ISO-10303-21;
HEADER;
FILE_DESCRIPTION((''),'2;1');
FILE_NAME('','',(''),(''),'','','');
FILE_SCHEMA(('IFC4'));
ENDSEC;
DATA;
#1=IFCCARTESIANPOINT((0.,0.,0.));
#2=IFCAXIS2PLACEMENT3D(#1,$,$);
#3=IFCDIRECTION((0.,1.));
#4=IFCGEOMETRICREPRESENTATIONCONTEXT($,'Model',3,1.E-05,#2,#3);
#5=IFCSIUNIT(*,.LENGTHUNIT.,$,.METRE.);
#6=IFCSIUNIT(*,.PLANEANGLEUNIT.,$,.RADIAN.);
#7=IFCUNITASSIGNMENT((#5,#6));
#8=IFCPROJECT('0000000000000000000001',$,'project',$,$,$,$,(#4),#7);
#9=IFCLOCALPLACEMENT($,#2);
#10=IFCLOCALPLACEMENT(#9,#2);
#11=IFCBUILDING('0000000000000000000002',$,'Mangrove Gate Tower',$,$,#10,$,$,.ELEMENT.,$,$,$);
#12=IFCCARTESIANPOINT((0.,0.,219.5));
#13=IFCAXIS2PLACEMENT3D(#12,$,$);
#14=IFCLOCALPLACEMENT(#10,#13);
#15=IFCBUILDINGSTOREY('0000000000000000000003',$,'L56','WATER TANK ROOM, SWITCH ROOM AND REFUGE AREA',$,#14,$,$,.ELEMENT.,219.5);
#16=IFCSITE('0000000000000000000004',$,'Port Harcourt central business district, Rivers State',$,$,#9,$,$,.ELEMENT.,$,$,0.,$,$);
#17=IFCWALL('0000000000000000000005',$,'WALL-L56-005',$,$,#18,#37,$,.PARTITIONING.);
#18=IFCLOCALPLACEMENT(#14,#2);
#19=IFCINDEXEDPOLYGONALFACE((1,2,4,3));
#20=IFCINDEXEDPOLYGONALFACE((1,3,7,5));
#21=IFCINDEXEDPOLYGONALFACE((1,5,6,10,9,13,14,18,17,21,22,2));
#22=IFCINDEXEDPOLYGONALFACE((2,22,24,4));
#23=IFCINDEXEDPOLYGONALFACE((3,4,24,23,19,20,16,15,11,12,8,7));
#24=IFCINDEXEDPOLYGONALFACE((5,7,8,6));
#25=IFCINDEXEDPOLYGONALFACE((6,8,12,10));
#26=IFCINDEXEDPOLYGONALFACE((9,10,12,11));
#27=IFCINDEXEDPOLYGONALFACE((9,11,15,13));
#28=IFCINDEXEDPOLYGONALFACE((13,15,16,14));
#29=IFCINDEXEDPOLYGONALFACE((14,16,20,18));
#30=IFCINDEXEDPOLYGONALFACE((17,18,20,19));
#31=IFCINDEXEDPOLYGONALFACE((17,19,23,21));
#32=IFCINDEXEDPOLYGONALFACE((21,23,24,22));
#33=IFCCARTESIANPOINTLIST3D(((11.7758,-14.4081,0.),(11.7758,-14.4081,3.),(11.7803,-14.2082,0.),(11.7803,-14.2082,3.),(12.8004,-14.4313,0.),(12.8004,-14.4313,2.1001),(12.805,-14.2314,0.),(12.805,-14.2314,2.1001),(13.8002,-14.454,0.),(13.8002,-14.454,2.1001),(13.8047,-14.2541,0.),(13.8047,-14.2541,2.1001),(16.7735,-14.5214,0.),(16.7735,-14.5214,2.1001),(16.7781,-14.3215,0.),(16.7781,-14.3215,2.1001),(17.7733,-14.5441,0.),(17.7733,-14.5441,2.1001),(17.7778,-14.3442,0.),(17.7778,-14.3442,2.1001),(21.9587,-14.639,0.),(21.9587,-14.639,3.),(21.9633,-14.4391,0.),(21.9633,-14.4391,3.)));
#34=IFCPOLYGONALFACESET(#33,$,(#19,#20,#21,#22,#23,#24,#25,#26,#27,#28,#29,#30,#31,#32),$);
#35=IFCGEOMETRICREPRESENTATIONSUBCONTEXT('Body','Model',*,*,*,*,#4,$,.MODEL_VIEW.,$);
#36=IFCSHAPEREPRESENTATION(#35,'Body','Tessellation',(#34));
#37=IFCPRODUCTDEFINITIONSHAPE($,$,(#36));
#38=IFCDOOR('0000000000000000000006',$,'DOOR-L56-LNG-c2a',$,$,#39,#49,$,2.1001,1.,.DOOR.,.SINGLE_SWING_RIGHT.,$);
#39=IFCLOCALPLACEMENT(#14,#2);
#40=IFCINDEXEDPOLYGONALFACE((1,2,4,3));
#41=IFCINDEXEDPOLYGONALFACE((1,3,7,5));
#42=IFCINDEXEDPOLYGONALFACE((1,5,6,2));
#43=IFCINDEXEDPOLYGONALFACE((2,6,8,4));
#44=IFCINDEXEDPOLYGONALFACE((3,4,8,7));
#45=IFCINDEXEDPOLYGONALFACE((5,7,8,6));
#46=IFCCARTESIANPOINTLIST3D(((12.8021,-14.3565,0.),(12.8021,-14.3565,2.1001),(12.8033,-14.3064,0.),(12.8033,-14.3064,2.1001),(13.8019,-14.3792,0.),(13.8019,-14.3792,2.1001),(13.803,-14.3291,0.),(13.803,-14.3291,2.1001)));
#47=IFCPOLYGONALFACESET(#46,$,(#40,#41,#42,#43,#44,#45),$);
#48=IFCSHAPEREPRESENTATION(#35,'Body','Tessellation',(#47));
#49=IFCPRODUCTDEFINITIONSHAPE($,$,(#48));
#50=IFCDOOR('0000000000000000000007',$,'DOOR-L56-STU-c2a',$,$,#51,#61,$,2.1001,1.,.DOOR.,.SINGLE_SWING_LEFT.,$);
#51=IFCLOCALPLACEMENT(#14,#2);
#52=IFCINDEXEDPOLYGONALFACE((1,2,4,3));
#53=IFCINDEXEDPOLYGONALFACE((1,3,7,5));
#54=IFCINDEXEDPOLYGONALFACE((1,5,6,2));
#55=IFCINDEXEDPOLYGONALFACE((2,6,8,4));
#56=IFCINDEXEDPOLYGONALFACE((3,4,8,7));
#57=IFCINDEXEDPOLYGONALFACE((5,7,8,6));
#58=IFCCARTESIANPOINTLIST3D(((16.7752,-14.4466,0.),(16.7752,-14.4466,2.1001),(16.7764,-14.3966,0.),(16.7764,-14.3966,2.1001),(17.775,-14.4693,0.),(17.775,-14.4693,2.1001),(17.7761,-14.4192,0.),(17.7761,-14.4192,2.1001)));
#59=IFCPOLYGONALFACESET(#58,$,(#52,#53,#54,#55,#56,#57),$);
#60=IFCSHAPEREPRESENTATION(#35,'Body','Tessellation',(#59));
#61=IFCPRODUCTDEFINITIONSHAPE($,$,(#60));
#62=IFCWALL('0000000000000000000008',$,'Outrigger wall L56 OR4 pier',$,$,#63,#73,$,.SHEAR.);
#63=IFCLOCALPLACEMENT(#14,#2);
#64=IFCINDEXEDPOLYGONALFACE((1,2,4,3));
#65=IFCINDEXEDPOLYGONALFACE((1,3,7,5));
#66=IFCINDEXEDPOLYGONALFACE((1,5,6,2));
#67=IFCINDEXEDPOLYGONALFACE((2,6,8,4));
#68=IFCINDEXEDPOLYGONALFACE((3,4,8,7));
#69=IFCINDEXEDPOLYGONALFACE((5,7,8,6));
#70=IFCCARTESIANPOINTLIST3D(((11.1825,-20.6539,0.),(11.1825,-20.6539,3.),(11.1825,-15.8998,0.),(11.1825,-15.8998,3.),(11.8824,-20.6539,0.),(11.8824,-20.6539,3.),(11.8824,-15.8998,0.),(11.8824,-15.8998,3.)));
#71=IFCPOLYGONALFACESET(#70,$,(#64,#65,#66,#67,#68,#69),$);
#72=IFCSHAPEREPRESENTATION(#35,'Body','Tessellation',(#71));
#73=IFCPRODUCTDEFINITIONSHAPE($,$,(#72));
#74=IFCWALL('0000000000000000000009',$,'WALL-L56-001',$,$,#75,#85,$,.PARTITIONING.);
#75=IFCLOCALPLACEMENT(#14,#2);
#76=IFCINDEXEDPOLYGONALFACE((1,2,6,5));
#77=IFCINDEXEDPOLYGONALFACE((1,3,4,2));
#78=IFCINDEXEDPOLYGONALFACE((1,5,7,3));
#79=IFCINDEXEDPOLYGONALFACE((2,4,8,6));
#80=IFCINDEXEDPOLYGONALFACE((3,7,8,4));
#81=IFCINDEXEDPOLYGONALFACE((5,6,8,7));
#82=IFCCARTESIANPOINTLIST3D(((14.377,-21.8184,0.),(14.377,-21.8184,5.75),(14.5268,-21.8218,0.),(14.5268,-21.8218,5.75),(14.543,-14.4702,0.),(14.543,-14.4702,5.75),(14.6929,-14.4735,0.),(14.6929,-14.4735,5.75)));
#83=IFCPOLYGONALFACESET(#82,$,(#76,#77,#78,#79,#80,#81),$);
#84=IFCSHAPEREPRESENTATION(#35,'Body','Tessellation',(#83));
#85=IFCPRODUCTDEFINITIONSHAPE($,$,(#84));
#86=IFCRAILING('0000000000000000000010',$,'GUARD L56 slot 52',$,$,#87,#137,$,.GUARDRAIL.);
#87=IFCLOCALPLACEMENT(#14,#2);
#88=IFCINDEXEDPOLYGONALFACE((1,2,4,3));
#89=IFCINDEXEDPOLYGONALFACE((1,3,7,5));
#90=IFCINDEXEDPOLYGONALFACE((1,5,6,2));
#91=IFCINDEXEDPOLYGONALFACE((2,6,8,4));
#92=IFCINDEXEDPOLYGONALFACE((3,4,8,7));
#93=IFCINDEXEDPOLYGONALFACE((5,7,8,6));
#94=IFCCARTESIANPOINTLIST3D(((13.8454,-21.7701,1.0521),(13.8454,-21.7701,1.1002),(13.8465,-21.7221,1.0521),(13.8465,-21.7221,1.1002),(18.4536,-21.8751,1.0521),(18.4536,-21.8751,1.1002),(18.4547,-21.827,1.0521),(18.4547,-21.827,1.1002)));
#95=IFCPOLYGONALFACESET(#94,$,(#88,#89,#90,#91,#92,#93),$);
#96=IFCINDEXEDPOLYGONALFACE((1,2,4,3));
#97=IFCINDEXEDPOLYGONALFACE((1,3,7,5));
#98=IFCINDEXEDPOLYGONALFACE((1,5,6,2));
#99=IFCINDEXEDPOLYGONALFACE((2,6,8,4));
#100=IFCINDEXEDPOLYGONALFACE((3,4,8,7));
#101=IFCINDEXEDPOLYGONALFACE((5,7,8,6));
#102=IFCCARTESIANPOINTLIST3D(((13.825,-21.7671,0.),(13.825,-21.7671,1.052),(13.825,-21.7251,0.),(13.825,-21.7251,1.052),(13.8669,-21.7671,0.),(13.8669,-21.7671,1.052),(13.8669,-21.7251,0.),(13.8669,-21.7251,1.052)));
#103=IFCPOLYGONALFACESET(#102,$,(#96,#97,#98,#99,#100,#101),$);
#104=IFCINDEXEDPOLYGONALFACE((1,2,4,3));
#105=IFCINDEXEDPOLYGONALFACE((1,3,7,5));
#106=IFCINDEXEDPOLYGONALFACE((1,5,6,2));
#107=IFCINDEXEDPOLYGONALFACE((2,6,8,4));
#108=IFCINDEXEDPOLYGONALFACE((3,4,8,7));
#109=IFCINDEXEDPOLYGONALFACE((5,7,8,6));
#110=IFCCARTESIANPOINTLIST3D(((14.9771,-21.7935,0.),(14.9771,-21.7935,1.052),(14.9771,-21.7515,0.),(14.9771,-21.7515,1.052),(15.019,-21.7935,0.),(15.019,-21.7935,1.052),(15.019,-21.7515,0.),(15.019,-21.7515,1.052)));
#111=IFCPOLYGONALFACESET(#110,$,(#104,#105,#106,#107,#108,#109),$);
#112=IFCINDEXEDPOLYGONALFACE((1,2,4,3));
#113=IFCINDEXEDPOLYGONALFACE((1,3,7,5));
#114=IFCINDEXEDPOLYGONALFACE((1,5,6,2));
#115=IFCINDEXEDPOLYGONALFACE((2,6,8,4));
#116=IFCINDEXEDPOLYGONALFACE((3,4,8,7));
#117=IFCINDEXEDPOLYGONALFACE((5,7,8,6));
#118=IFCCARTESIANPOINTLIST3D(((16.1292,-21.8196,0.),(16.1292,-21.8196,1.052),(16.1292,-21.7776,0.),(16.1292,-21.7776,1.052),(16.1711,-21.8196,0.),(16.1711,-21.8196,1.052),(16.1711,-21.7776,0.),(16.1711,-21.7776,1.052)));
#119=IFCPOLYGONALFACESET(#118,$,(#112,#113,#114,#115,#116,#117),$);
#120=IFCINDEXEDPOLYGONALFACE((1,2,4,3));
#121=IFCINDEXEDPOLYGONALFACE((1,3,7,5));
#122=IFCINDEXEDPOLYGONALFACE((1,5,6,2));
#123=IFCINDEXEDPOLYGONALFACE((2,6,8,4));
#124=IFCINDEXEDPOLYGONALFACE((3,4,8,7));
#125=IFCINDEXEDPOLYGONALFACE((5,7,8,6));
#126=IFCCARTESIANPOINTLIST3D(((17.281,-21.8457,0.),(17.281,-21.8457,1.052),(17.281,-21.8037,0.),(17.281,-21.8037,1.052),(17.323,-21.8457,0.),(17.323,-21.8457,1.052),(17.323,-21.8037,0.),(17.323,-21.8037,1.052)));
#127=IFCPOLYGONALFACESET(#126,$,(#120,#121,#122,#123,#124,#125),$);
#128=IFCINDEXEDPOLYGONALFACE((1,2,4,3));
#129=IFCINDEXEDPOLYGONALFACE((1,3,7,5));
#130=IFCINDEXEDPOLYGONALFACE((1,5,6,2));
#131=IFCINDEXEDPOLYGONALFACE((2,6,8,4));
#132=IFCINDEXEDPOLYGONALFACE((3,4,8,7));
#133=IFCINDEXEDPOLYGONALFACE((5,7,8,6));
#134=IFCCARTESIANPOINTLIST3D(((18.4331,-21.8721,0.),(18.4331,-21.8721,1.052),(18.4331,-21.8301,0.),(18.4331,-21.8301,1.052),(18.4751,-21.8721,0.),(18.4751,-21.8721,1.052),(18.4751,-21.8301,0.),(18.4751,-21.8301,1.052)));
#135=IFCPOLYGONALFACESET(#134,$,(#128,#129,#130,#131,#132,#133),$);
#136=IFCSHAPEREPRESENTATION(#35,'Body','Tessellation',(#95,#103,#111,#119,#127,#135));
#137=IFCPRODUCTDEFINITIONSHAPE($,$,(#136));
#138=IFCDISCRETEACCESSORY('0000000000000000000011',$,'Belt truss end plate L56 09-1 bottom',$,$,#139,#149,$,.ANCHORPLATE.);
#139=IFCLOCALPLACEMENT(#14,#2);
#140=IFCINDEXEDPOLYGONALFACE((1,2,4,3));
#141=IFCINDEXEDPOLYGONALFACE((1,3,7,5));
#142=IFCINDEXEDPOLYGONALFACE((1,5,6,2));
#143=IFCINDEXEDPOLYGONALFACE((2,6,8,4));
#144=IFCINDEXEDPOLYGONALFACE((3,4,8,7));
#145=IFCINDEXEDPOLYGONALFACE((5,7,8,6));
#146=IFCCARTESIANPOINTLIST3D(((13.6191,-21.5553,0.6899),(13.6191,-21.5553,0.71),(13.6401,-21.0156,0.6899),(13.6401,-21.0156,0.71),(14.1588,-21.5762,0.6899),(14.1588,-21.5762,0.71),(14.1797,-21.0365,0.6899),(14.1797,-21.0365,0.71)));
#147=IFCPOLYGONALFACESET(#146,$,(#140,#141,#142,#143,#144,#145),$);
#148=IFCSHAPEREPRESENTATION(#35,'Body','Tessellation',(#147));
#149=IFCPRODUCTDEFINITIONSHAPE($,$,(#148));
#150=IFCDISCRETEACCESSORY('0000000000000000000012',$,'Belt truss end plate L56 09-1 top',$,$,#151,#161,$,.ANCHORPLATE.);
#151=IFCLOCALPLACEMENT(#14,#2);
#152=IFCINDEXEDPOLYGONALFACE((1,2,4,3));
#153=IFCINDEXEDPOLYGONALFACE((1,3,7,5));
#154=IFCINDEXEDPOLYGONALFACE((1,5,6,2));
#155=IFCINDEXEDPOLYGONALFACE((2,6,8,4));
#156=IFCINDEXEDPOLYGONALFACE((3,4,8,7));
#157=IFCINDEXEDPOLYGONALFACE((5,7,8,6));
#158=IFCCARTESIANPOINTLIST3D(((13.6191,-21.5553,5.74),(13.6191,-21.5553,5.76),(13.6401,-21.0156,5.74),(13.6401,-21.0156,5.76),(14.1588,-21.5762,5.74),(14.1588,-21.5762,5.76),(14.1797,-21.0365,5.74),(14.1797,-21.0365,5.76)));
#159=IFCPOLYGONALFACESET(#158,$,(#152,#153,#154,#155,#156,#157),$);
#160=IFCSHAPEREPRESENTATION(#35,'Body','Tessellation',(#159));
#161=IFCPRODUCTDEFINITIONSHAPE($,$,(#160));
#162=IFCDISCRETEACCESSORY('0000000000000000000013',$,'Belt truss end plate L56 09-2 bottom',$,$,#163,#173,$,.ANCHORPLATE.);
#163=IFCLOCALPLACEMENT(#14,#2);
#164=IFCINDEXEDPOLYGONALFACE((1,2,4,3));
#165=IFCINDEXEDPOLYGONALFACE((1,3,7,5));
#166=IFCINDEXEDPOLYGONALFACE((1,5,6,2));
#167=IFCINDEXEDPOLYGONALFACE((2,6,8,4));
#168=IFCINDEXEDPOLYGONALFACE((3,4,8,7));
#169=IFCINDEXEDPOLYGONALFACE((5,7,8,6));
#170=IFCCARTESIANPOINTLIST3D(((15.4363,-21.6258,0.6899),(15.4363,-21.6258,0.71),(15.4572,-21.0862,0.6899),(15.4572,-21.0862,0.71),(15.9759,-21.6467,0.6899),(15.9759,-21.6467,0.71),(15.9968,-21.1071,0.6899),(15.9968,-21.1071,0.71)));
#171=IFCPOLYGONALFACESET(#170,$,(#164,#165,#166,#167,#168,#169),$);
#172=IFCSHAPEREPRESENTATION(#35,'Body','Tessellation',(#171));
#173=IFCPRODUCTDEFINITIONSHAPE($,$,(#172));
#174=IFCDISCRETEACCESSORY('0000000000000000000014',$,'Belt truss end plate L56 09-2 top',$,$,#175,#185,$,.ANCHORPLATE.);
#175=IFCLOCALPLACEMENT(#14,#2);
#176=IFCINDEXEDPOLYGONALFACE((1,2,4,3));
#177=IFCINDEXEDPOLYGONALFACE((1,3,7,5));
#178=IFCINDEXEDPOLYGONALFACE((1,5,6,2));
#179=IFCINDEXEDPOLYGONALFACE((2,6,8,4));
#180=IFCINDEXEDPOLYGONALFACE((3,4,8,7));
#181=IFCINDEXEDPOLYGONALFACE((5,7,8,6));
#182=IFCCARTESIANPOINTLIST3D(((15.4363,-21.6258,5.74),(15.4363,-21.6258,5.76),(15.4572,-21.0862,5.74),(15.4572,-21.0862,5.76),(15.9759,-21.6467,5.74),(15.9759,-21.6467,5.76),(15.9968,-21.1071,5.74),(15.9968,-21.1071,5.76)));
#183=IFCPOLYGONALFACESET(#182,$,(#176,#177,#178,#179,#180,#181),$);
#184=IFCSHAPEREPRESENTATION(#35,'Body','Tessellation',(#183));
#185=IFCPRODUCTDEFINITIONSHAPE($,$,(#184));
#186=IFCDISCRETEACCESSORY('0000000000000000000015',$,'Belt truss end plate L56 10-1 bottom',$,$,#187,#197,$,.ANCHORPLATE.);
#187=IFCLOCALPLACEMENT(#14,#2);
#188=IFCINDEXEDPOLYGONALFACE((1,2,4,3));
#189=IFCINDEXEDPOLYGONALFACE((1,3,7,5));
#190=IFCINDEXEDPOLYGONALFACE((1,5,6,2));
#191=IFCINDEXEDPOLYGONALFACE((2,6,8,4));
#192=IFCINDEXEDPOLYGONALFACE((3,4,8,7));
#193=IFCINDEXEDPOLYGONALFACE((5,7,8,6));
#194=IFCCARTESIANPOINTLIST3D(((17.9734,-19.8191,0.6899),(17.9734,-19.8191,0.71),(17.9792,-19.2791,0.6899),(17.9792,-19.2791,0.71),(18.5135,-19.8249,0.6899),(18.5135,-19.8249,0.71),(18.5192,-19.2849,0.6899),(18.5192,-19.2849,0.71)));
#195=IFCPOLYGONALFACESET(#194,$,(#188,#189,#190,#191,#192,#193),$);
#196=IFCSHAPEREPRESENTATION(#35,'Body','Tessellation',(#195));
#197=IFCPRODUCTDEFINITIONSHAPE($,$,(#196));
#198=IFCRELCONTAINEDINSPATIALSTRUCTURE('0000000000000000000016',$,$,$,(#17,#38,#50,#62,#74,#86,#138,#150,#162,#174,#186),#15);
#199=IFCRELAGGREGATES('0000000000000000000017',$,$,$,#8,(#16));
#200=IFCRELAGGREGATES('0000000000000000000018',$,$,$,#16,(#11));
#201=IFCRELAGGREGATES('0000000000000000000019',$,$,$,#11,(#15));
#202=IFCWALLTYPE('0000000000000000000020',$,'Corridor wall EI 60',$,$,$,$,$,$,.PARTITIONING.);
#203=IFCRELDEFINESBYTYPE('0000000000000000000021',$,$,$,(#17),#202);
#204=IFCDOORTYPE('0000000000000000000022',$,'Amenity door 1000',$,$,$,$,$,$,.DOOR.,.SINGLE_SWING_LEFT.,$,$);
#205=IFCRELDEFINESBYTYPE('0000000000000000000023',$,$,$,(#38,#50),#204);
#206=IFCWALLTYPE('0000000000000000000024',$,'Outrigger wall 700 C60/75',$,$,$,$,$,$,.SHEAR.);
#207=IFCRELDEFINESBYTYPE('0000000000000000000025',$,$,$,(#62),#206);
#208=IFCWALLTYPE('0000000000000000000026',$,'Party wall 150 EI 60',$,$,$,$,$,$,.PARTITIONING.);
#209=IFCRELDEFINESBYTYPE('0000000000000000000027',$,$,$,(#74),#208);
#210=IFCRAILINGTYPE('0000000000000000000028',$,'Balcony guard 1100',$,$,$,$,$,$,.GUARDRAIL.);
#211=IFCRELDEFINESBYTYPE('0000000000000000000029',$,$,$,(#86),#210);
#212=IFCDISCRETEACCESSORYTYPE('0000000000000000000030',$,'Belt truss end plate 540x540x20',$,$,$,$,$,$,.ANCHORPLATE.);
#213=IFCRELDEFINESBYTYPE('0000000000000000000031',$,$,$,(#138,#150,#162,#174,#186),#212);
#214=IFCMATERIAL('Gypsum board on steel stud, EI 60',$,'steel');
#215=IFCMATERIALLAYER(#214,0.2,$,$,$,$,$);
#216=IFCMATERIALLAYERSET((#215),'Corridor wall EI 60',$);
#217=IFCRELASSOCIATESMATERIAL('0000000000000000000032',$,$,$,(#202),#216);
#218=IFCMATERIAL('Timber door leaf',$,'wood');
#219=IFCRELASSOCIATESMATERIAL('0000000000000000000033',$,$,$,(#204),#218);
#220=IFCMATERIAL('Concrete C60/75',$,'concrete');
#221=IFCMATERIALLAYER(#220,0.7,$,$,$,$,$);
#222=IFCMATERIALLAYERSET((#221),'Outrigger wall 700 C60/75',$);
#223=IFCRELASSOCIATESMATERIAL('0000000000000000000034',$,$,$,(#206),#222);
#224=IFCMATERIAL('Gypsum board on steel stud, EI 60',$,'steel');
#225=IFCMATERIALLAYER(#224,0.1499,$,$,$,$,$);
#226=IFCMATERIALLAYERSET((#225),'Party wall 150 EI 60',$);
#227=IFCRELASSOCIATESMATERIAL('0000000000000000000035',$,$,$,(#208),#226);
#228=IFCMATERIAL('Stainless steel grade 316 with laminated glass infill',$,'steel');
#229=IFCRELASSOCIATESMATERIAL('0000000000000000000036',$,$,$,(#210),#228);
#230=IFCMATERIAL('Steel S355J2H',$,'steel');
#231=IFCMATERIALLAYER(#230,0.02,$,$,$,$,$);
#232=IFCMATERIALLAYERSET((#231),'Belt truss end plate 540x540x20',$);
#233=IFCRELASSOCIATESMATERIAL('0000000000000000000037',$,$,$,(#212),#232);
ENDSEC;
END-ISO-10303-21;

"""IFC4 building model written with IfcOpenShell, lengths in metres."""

from ifc_helpers import new_model, si_unit, direction, frame, frame_2d, origin, origin_2d, place, context, subcontext, project, spatial, rectangle, extrude, material, layer, layer_set, type_object, element, fill, save


model = new_model("IFC4")

# Units and contexts
model_context = context("Model", 3, precision=1e-05, world=origin(), true_north=direction((0.0, 1.0)))
body_context = subcontext(model_context, "Body", "Model", "MODEL_VIEW")
ifc_project = project(units=[si_unit("LENGTHUNIT", "METRE"), si_unit("PLANEANGLEUNIT", "RADIAN")], contexts=[model_context])

# Site, building, storey
site_placement = place(None, origin())
site = spatial("IfcSite", under=ifc_project, at=site_placement, Name="Port Harcourt central business district, Rivers State", CompositionType="ELEMENT", RefElevation=0.0)
building_placement = place(site_placement, origin())
building = spatial("IfcBuilding", under=site, at=building_placement, Name="Mangrove Gate Tower", CompositionType="ELEMENT")
storey_placement = place(building_placement, frame((0.0, 0.0, 219.5)))
storey = spatial("IfcBuildingStorey", under=building, at=storey_placement, Name="L56", Description="WATER TANK ROOM, SWITCH ROOM AND REFUGE AREA", CompositionType="ELEMENT", Elevation=219.5)

# Wall, openings, doors
ifc_material_1 = material(Name="Gypsum board on steel stud, EI 60", Category="steel")
ifc_layer_1 = layer(ifc_material_1, 0.2)
ifc_layer_set_1 = layer_set([ifc_layer_1], Name="Corridor wall EI 60")
wall_type_1 = type_object("IfcWallType", Name="Corridor wall EI 60", PredefinedType="PARTITIONING", material=ifc_layer_set_1)
wall_1_placement = place(storey_placement, frame((11.7781, -14.3081, 0.0), z_axis=(0.0, 0.0, 1.0), x_axis=(0.999743, -0.022675, 0.0)))
wall_1 = element("IfcWall", 1, at=wall_1_placement, inside=storey, type_object=wall_type_1, Name="WALL-L56-005", PredefinedType="PARTITIONING", context=body_context, shape_type="SweptSolid", body=[
    extrude(rectangle(XDim=10.1855, YDim=0.2, at=frame_2d((5.0928, 0.0))), origin(), (0.0, 0.0, 1.0), 3.0),
])
opening_1_placement = place(wall_1_placement, frame((1.0249, 0.0, 0.0)))
opening_1 = element("IfcOpeningElement", 2, at=opening_1_placement, cuts=wall_1, PredefinedType="OPENING", context=body_context, shape_type="SweptSolid", body=[
    extrude(rectangle(XDim=1.0, YDim=2.1001, at=frame_2d((0.5, 1.05))), frame((0.0, 0.1099, 0.0), z_axis=(0.0, -1.0, 0.0), x_axis=(1.0, 0.0, 0.0)), (0.0, 0.0, 1.0), 0.22),
])
opening_2_placement = place(wall_1_placement, frame((4.999, 0.0, 0.0)))
opening_2 = element("IfcOpeningElement", 3, at=opening_2_placement, cuts=wall_1, PredefinedType="OPENING", context=body_context, shape_type="SweptSolid", body=[
    extrude(rectangle(XDim=1.0, YDim=2.1001, at=frame_2d((0.5, 1.05))), frame((0.0, 0.1099, 0.0), z_axis=(0.0, -1.0, 0.0), x_axis=(1.0, 0.0, 0.0)), (0.0, 0.0, 1.0), 0.22),
])
ifc_material_2 = material(Name="Timber door leaf", Category="wood")
door_type = type_object("IfcDoorType", Name="Amenity door 1000", OperationType="SINGLE_SWING_LEFT", PredefinedType="DOOR", material=ifc_material_2)
door_1_placement = place(opening_1_placement, origin())
door_1 = element("IfcDoor", 4, at=door_1_placement, inside=storey, type_object=door_type, Name="DOOR-L56-LNG-c2a", OperationType="SINGLE_SWING_RIGHT", OverallHeight=2.1001, OverallWidth=1.0, PredefinedType="DOOR", context=body_context, shape_type="SweptSolid", body=[
    extrude(rectangle(XDim=1.0, YDim=2.1001, at=frame_2d((0.5, 1.05))), frame((0.0, 0.0249, 0.0), z_axis=(0.0, -1.0, 0.0), x_axis=(1.0, 0.0, 0.0)), (0.0, 0.0, 1.0), 0.05),
])
fill(opening_1, door_1)
door_2_placement = place(opening_2_placement, origin())
door_2 = element("IfcDoor", 5, at=door_2_placement, inside=storey, type_object=door_type, Name="DOOR-L56-STU-c2a", OperationType="SINGLE_SWING_LEFT", OverallHeight=2.1001, OverallWidth=1.0, PredefinedType="DOOR", context=body_context, shape_type="SweptSolid", body=[
    extrude(rectangle(XDim=1.0, YDim=2.1001, at=frame_2d((0.5, 1.05))), frame((0.0, 0.0249, 0.0), z_axis=(0.0, -1.0, 0.0), x_axis=(1.0, 0.0, 0.0)), (0.0, 0.0, 1.0), 0.05),
])
fill(opening_2, door_2)

# Walls
ifc_material_3 = material(Name="Concrete C60/75", Category="concrete")
ifc_layer_2 = layer(ifc_material_3, 0.7)
ifc_layer_set_2 = layer_set([ifc_layer_2], Name="Outrigger wall 700 C60/75")
wall_type_2 = type_object("IfcWallType", Name="Outrigger wall 700 C60/75", PredefinedType="SHEAR", material=ifc_layer_set_2)
wall_2_placement = place(storey_placement, frame((11.5325, -15.8999, 0.0), z_axis=(0.0, 0.0, 1.0), x_axis=(0.0, -1.0, 0.0)))
element("IfcWall", 6, at=wall_2_placement, inside=storey, type_object=wall_type_2, Name="Outrigger wall L56 OR4 pier", PredefinedType="SHEAR", context=body_context, shape_type="SweptSolid", body=[
    extrude(rectangle(XDim=4.7542, YDim=0.7, at=frame_2d((2.377, 0.0))), origin(), (0.0, 0.0, 1.0), 3.0),
])
ifc_material_4 = material(Name="Gypsum board on steel stud, EI 60", Category="steel")
ifc_layer_3 = layer(ifc_material_4, 0.1499)
ifc_layer_set_3 = layer_set([ifc_layer_3], Name="Party wall 150 EI 60")
wall_type_3 = type_object("IfcWallType", Name="Party wall 150 EI 60", PredefinedType="PARTITIONING", material=ifc_layer_set_3)
wall_3_placement = place(storey_placement, frame((14.4519, -21.8201, 0.0), z_axis=(0.0, 0.0, 1.0), x_axis=(0.022587, 0.999745, 0.0)))
element("IfcWall", 7, at=wall_3_placement, inside=storey, type_object=wall_type_3, Name="WALL-L56-001", PredefinedType="PARTITIONING", context=body_context, shape_type="SweptSolid", body=[
    extrude(rectangle(XDim=7.3501, YDim=0.1499, at=frame_2d((3.675, 0.0))), origin(), (0.0, 0.0, 1.0), 5.75),
])

# Railing
ifc_material_5 = material(Name="Stainless steel grade 316 with laminated glass infill", Category="steel")
railing_type = type_object("IfcRailingType", Name="Balcony guard 1100", PredefinedType="GUARDRAIL", material=ifc_material_5)
railing_placement = place(storey_placement, frame((13.8459, -21.7461, 0.0)))
element("IfcRailing", 8, at=railing_placement, inside=storey, type_object=railing_type, Name="GUARD L56 slot 52", PredefinedType="GUARDRAIL", context=body_context, shape_type="SweptSolid", body=[
    extrude(rectangle(XDim=0.0481, YDim=0.0481, at=origin_2d()), frame((0.0, 0.0, 1.0762), z_axis=(0.999741, -0.022776, 0.0), x_axis=(0.022776, 0.999741, 0.0)), (0.0, 0.0, 1.0), 4.6094),
    extrude(rectangle(XDim=0.042, YDim=0.042, at=origin_2d()), origin(), (0.0, 0.0, 1.0), 1.052),
    extrude(rectangle(XDim=0.042, YDim=0.042, at=origin_2d()), frame((1.1521, -0.0264, 0.0)), (0.0, 0.0, 1.0), 1.052),
    extrude(rectangle(XDim=0.042, YDim=0.042, at=origin_2d()), frame((2.3042, -0.0525, 0.0)), (0.0, 0.0, 1.0), 1.052),
    extrude(rectangle(XDim=0.042, YDim=0.042, at=origin_2d()), frame((3.4561, -0.0786, 0.0)), (0.0, 0.0, 1.0), 1.052),
    extrude(rectangle(XDim=0.042, YDim=0.042, at=origin_2d()), frame((4.6082, -0.105, 0.0)), (0.0, 0.0, 1.0), 1.052),
])

# Discrete accessories
ifc_material_6 = material(Name="Steel S355J2H", Category="steel")
ifc_layer_4 = layer(ifc_material_6, 0.02)
ifc_layer_set_4 = layer_set([ifc_layer_4], Name="Belt truss end plate 540x540x20")
discrete_accessory_type = type_object("IfcDiscreteAccessoryType", Name="Belt truss end plate 540x540x20", PredefinedType="ANCHORPLATE", material=ifc_layer_set_4)
for number, where, z_axis, x_axis, name in (
    (9, (13.8994, -21.2959, 0.6899), (0.0, 0.0, 1.0), (0.999249, -0.038741, 0.0), "Belt truss end plate L56 09-1 bottom"),
    (10, (13.8994, -21.2959, 5.74), (0.0, 0.0, 1.0), (0.999249, -0.038741, 0.0), "Belt truss end plate L56 09-1 top"),
    (11, (15.7166, -21.3665, 0.6899), (0.0, 0.0, 1.0), (0.999249, -0.038741, 0.0), "Belt truss end plate L56 09-2 bottom"),
    (12, (15.7166, -21.3665, 5.74), (0.0, 0.0, 1.0), (0.999249, -0.038741, 0.0), "Belt truss end plate L56 09-2 top"),
    (13, (18.2463, -19.552, 0.6899), (0.0, 0.0, 1.0), (0.010709, 0.999943, 0.0), "Belt truss end plate L56 10-1 bottom"),
):
    element("IfcDiscreteAccessory", number, at=place(storey_placement, frame(where, z_axis=z_axis, x_axis=x_axis)), inside=storey, type_object=discrete_accessory_type, Name=name, PredefinedType="ANCHORPLATE", context=body_context, shape_type="SweptSolid", body=[
        extrude(rectangle(XDim=0.54, YDim=0.54, at=origin_2d()), origin(), (0.0, 0.0, 1.0), 0.02),
    ])

save(model, "model.ifc")
